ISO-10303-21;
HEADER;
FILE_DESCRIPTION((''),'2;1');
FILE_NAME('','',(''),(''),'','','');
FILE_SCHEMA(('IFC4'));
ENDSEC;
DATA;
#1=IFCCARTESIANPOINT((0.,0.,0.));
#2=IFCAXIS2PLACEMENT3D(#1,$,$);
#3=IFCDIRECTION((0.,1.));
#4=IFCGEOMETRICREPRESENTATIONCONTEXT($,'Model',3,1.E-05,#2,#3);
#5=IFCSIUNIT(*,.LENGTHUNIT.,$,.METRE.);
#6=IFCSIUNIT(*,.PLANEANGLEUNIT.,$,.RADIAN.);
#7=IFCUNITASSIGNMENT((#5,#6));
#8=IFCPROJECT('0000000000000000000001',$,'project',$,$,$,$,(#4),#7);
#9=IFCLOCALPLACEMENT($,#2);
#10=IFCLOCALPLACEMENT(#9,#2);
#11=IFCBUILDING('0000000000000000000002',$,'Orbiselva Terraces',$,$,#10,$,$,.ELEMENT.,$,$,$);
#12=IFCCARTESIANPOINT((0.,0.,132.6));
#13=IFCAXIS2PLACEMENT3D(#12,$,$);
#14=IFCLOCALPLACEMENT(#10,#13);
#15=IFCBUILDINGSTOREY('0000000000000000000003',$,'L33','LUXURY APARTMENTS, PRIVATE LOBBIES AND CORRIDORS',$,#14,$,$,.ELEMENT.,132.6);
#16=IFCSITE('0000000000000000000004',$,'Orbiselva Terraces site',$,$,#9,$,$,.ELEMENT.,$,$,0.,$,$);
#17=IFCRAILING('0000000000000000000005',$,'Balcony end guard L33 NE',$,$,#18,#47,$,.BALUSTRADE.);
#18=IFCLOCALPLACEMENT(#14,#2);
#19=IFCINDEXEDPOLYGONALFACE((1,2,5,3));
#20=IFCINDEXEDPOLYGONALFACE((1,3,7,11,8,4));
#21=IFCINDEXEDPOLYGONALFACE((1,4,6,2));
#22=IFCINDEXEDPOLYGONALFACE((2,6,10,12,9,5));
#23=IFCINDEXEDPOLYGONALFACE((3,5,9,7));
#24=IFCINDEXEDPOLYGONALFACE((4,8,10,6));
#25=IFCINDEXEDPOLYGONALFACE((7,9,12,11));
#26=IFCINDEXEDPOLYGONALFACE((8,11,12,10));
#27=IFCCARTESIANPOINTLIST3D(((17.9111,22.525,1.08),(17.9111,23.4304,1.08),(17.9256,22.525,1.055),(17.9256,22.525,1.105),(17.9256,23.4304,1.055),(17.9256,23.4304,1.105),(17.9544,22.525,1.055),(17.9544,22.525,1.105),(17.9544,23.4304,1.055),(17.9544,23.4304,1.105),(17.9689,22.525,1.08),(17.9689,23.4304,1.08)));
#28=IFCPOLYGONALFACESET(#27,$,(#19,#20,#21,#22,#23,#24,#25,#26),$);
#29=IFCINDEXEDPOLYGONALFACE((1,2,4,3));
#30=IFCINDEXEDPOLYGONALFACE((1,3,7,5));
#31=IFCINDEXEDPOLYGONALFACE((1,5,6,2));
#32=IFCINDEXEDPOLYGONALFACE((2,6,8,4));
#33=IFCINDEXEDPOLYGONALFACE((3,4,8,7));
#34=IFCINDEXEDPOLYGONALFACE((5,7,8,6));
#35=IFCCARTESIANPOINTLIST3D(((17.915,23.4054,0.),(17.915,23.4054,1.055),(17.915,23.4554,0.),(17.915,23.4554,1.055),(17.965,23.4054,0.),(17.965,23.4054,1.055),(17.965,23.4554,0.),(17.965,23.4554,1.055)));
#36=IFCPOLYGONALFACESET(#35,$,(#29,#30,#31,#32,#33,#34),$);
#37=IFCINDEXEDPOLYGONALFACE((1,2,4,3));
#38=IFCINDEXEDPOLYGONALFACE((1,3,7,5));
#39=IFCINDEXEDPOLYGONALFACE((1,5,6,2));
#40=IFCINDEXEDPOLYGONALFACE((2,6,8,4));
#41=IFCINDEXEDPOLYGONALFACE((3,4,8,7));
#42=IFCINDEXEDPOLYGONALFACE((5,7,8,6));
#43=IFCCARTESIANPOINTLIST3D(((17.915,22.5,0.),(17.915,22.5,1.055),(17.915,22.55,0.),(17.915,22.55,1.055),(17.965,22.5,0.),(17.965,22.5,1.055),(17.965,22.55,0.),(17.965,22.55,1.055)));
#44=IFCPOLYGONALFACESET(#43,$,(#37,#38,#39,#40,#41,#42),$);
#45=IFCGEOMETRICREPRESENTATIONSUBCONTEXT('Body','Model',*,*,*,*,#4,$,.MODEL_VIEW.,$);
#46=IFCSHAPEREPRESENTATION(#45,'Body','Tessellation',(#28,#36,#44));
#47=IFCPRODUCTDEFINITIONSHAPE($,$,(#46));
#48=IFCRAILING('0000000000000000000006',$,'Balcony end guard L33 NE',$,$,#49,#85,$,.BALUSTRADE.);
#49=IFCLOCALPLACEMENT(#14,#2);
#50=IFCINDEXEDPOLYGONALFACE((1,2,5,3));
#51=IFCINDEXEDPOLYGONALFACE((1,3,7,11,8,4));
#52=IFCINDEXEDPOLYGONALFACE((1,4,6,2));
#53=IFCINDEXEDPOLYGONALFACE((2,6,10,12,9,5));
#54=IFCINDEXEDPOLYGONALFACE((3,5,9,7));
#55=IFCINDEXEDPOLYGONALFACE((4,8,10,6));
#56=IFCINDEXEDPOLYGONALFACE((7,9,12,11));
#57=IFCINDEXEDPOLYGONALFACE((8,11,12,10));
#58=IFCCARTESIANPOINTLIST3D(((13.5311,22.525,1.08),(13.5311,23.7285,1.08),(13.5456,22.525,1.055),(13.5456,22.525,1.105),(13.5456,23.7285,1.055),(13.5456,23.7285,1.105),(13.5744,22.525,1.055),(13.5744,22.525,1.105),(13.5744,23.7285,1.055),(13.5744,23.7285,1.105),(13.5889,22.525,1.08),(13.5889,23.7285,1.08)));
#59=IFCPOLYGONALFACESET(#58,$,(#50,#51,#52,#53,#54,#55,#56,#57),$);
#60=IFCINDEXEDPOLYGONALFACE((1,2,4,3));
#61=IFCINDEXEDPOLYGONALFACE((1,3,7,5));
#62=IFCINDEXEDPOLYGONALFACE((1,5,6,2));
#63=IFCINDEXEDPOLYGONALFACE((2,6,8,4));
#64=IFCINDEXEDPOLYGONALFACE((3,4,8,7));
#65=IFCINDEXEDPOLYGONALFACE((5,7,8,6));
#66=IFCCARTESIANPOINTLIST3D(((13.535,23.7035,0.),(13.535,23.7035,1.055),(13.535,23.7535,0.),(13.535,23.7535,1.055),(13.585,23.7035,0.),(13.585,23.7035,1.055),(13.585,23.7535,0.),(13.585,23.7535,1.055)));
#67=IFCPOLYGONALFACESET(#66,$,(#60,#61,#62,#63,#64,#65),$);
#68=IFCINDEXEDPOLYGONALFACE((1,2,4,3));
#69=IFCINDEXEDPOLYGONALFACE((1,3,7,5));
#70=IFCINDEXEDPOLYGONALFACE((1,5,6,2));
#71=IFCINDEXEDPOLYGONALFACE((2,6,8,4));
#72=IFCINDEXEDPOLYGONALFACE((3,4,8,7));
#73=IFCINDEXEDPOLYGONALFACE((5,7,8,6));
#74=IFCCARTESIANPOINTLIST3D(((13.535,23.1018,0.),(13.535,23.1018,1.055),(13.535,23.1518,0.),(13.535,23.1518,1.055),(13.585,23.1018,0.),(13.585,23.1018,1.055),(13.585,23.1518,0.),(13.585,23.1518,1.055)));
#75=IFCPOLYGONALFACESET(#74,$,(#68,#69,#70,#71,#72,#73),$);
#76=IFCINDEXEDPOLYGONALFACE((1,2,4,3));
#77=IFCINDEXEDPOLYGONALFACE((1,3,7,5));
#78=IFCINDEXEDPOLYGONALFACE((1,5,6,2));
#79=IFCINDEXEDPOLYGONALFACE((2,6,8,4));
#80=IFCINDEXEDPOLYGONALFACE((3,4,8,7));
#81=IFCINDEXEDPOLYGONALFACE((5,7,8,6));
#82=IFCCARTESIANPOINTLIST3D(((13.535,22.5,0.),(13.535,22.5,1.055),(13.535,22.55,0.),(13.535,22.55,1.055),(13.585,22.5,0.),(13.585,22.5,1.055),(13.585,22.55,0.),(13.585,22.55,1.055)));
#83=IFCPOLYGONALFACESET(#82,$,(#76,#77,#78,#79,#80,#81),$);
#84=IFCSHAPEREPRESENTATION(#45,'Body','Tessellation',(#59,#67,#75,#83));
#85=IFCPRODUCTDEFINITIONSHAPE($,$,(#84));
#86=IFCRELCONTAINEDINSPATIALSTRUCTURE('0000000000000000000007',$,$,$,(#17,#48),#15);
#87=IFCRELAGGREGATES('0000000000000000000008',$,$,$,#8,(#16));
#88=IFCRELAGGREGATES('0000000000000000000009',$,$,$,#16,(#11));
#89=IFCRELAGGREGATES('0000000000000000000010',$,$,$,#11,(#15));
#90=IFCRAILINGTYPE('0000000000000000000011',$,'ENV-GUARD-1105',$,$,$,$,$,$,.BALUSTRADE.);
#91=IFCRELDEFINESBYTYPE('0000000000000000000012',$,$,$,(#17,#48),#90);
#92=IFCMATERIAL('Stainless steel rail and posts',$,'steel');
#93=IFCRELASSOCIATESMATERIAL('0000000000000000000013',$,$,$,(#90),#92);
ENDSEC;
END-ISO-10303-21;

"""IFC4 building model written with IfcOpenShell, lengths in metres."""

from ifc_helpers import new_model, si_unit, direction, frame, origin, origin_2d, place, context, subcontext, project, spatial, polyline, rectangle, outline, extrude, material, type_object, element, save


model = new_model("IFC4")

# Units and contexts
model_context = context("Model", 3, precision=1e-05, world=origin(), true_north=direction((0.0, 1.0)))
body_context = subcontext(model_context, "Body", "Model", "MODEL_VIEW")
ifc_project = project(units=[si_unit("LENGTHUNIT", "METRE"), si_unit("PLANEANGLEUNIT", "RADIAN")], contexts=[model_context])

# Site, building, storey
site_placement = place(None, origin())
site = spatial("IfcSite", under=ifc_project, at=site_placement, Name="Orbiselva Terraces site", CompositionType="ELEMENT", RefElevation=0.0)
building_placement = place(site_placement, origin())
building = spatial("IfcBuilding", under=site, at=building_placement, Name="Orbiselva Terraces", CompositionType="ELEMENT")
storey_placement = place(building_placement, frame((0.0, 0.0, 132.6)))
storey = spatial("IfcBuildingStorey", under=building, at=storey_placement, Name="L33", Description="LUXURY APARTMENTS, PRIVATE LOBBIES AND CORRIDORS", CompositionType="ELEMENT", Elevation=132.6)

# Railings
ifc_material_1 = material(Name="Stainless steel rail and posts", Category="steel")
railing_type_1 = type_object("IfcRailingType", Name="ENV-GUARD-1105", PredefinedType="BALUSTRADE", material=ifc_material_1)
railing_1_placement = place(storey_placement, frame((17.94, 23.4304, 0.0)))
element("IfcRailing", 1, at=railing_1_placement, inside=storey, type_object=railing_type_1, Name="Balcony end guard L33 NE", PredefinedType="BALUSTRADE", context=body_context, shape_type="SweptSolid", body=[
    extrude(outline(polyline([(0.0289, 0.0), (0.0144, 0.025), (-0.0144, 0.025), (-0.0289, 0.0), (-0.0144, -0.025), (0.0144, -0.025), (0.0289, 0.0)])), frame((0.0, 0.0, 1.08), z_axis=(0.0, -1.0, 0.0), x_axis=(1.0, 0.0, 0.0)), (0.0, 0.0, 1.0), 0.9054),
    extrude(rectangle(XDim=0.05, YDim=0.05, at=origin_2d()), origin(), (0.0, 0.0, 1.0), 1.055),
    extrude(rectangle(XDim=0.05, YDim=0.05, at=origin_2d()), frame((0.0, -0.9054, 0.0)), (0.0, 0.0, 1.0), 1.055),
])
railing_2_placement = place(storey_placement, frame((13.56, 23.7285, 0.0)))
element("IfcRailing", 2, at=railing_2_placement, inside=storey, type_object=railing_type_1, Name="Balcony end guard L33 NE", PredefinedType="BALUSTRADE", context=body_context, shape_type="SweptSolid", body=[
    extrude(outline(polyline([(0.0289, 0.0), (0.0144, 0.025), (-0.0144, 0.025), (-0.0289, 0.0), (-0.0144, -0.025), (0.0144, -0.025), (0.0289, 0.0)])), frame((0.0, 0.0, 1.08), z_axis=(0.0, -1.0, 0.0), x_axis=(1.0, 0.0, 0.0)), (0.0, 0.0, 1.0), 1.2035),
    extrude(rectangle(XDim=0.05, YDim=0.05, at=origin_2d()), origin(), (0.0, 0.0, 1.0), 1.055),
    extrude(rectangle(XDim=0.05, YDim=0.05, at=origin_2d()), frame((0.0, -0.6018, 0.0)), (0.0, 0.0, 1.0), 1.055),
    extrude(rectangle(XDim=0.05, YDim=0.05, at=origin_2d()), frame((0.0, -1.2035, 0.0)), (0.0, 0.0, 1.0), 1.055),
])

save(model, "model.ifc")
